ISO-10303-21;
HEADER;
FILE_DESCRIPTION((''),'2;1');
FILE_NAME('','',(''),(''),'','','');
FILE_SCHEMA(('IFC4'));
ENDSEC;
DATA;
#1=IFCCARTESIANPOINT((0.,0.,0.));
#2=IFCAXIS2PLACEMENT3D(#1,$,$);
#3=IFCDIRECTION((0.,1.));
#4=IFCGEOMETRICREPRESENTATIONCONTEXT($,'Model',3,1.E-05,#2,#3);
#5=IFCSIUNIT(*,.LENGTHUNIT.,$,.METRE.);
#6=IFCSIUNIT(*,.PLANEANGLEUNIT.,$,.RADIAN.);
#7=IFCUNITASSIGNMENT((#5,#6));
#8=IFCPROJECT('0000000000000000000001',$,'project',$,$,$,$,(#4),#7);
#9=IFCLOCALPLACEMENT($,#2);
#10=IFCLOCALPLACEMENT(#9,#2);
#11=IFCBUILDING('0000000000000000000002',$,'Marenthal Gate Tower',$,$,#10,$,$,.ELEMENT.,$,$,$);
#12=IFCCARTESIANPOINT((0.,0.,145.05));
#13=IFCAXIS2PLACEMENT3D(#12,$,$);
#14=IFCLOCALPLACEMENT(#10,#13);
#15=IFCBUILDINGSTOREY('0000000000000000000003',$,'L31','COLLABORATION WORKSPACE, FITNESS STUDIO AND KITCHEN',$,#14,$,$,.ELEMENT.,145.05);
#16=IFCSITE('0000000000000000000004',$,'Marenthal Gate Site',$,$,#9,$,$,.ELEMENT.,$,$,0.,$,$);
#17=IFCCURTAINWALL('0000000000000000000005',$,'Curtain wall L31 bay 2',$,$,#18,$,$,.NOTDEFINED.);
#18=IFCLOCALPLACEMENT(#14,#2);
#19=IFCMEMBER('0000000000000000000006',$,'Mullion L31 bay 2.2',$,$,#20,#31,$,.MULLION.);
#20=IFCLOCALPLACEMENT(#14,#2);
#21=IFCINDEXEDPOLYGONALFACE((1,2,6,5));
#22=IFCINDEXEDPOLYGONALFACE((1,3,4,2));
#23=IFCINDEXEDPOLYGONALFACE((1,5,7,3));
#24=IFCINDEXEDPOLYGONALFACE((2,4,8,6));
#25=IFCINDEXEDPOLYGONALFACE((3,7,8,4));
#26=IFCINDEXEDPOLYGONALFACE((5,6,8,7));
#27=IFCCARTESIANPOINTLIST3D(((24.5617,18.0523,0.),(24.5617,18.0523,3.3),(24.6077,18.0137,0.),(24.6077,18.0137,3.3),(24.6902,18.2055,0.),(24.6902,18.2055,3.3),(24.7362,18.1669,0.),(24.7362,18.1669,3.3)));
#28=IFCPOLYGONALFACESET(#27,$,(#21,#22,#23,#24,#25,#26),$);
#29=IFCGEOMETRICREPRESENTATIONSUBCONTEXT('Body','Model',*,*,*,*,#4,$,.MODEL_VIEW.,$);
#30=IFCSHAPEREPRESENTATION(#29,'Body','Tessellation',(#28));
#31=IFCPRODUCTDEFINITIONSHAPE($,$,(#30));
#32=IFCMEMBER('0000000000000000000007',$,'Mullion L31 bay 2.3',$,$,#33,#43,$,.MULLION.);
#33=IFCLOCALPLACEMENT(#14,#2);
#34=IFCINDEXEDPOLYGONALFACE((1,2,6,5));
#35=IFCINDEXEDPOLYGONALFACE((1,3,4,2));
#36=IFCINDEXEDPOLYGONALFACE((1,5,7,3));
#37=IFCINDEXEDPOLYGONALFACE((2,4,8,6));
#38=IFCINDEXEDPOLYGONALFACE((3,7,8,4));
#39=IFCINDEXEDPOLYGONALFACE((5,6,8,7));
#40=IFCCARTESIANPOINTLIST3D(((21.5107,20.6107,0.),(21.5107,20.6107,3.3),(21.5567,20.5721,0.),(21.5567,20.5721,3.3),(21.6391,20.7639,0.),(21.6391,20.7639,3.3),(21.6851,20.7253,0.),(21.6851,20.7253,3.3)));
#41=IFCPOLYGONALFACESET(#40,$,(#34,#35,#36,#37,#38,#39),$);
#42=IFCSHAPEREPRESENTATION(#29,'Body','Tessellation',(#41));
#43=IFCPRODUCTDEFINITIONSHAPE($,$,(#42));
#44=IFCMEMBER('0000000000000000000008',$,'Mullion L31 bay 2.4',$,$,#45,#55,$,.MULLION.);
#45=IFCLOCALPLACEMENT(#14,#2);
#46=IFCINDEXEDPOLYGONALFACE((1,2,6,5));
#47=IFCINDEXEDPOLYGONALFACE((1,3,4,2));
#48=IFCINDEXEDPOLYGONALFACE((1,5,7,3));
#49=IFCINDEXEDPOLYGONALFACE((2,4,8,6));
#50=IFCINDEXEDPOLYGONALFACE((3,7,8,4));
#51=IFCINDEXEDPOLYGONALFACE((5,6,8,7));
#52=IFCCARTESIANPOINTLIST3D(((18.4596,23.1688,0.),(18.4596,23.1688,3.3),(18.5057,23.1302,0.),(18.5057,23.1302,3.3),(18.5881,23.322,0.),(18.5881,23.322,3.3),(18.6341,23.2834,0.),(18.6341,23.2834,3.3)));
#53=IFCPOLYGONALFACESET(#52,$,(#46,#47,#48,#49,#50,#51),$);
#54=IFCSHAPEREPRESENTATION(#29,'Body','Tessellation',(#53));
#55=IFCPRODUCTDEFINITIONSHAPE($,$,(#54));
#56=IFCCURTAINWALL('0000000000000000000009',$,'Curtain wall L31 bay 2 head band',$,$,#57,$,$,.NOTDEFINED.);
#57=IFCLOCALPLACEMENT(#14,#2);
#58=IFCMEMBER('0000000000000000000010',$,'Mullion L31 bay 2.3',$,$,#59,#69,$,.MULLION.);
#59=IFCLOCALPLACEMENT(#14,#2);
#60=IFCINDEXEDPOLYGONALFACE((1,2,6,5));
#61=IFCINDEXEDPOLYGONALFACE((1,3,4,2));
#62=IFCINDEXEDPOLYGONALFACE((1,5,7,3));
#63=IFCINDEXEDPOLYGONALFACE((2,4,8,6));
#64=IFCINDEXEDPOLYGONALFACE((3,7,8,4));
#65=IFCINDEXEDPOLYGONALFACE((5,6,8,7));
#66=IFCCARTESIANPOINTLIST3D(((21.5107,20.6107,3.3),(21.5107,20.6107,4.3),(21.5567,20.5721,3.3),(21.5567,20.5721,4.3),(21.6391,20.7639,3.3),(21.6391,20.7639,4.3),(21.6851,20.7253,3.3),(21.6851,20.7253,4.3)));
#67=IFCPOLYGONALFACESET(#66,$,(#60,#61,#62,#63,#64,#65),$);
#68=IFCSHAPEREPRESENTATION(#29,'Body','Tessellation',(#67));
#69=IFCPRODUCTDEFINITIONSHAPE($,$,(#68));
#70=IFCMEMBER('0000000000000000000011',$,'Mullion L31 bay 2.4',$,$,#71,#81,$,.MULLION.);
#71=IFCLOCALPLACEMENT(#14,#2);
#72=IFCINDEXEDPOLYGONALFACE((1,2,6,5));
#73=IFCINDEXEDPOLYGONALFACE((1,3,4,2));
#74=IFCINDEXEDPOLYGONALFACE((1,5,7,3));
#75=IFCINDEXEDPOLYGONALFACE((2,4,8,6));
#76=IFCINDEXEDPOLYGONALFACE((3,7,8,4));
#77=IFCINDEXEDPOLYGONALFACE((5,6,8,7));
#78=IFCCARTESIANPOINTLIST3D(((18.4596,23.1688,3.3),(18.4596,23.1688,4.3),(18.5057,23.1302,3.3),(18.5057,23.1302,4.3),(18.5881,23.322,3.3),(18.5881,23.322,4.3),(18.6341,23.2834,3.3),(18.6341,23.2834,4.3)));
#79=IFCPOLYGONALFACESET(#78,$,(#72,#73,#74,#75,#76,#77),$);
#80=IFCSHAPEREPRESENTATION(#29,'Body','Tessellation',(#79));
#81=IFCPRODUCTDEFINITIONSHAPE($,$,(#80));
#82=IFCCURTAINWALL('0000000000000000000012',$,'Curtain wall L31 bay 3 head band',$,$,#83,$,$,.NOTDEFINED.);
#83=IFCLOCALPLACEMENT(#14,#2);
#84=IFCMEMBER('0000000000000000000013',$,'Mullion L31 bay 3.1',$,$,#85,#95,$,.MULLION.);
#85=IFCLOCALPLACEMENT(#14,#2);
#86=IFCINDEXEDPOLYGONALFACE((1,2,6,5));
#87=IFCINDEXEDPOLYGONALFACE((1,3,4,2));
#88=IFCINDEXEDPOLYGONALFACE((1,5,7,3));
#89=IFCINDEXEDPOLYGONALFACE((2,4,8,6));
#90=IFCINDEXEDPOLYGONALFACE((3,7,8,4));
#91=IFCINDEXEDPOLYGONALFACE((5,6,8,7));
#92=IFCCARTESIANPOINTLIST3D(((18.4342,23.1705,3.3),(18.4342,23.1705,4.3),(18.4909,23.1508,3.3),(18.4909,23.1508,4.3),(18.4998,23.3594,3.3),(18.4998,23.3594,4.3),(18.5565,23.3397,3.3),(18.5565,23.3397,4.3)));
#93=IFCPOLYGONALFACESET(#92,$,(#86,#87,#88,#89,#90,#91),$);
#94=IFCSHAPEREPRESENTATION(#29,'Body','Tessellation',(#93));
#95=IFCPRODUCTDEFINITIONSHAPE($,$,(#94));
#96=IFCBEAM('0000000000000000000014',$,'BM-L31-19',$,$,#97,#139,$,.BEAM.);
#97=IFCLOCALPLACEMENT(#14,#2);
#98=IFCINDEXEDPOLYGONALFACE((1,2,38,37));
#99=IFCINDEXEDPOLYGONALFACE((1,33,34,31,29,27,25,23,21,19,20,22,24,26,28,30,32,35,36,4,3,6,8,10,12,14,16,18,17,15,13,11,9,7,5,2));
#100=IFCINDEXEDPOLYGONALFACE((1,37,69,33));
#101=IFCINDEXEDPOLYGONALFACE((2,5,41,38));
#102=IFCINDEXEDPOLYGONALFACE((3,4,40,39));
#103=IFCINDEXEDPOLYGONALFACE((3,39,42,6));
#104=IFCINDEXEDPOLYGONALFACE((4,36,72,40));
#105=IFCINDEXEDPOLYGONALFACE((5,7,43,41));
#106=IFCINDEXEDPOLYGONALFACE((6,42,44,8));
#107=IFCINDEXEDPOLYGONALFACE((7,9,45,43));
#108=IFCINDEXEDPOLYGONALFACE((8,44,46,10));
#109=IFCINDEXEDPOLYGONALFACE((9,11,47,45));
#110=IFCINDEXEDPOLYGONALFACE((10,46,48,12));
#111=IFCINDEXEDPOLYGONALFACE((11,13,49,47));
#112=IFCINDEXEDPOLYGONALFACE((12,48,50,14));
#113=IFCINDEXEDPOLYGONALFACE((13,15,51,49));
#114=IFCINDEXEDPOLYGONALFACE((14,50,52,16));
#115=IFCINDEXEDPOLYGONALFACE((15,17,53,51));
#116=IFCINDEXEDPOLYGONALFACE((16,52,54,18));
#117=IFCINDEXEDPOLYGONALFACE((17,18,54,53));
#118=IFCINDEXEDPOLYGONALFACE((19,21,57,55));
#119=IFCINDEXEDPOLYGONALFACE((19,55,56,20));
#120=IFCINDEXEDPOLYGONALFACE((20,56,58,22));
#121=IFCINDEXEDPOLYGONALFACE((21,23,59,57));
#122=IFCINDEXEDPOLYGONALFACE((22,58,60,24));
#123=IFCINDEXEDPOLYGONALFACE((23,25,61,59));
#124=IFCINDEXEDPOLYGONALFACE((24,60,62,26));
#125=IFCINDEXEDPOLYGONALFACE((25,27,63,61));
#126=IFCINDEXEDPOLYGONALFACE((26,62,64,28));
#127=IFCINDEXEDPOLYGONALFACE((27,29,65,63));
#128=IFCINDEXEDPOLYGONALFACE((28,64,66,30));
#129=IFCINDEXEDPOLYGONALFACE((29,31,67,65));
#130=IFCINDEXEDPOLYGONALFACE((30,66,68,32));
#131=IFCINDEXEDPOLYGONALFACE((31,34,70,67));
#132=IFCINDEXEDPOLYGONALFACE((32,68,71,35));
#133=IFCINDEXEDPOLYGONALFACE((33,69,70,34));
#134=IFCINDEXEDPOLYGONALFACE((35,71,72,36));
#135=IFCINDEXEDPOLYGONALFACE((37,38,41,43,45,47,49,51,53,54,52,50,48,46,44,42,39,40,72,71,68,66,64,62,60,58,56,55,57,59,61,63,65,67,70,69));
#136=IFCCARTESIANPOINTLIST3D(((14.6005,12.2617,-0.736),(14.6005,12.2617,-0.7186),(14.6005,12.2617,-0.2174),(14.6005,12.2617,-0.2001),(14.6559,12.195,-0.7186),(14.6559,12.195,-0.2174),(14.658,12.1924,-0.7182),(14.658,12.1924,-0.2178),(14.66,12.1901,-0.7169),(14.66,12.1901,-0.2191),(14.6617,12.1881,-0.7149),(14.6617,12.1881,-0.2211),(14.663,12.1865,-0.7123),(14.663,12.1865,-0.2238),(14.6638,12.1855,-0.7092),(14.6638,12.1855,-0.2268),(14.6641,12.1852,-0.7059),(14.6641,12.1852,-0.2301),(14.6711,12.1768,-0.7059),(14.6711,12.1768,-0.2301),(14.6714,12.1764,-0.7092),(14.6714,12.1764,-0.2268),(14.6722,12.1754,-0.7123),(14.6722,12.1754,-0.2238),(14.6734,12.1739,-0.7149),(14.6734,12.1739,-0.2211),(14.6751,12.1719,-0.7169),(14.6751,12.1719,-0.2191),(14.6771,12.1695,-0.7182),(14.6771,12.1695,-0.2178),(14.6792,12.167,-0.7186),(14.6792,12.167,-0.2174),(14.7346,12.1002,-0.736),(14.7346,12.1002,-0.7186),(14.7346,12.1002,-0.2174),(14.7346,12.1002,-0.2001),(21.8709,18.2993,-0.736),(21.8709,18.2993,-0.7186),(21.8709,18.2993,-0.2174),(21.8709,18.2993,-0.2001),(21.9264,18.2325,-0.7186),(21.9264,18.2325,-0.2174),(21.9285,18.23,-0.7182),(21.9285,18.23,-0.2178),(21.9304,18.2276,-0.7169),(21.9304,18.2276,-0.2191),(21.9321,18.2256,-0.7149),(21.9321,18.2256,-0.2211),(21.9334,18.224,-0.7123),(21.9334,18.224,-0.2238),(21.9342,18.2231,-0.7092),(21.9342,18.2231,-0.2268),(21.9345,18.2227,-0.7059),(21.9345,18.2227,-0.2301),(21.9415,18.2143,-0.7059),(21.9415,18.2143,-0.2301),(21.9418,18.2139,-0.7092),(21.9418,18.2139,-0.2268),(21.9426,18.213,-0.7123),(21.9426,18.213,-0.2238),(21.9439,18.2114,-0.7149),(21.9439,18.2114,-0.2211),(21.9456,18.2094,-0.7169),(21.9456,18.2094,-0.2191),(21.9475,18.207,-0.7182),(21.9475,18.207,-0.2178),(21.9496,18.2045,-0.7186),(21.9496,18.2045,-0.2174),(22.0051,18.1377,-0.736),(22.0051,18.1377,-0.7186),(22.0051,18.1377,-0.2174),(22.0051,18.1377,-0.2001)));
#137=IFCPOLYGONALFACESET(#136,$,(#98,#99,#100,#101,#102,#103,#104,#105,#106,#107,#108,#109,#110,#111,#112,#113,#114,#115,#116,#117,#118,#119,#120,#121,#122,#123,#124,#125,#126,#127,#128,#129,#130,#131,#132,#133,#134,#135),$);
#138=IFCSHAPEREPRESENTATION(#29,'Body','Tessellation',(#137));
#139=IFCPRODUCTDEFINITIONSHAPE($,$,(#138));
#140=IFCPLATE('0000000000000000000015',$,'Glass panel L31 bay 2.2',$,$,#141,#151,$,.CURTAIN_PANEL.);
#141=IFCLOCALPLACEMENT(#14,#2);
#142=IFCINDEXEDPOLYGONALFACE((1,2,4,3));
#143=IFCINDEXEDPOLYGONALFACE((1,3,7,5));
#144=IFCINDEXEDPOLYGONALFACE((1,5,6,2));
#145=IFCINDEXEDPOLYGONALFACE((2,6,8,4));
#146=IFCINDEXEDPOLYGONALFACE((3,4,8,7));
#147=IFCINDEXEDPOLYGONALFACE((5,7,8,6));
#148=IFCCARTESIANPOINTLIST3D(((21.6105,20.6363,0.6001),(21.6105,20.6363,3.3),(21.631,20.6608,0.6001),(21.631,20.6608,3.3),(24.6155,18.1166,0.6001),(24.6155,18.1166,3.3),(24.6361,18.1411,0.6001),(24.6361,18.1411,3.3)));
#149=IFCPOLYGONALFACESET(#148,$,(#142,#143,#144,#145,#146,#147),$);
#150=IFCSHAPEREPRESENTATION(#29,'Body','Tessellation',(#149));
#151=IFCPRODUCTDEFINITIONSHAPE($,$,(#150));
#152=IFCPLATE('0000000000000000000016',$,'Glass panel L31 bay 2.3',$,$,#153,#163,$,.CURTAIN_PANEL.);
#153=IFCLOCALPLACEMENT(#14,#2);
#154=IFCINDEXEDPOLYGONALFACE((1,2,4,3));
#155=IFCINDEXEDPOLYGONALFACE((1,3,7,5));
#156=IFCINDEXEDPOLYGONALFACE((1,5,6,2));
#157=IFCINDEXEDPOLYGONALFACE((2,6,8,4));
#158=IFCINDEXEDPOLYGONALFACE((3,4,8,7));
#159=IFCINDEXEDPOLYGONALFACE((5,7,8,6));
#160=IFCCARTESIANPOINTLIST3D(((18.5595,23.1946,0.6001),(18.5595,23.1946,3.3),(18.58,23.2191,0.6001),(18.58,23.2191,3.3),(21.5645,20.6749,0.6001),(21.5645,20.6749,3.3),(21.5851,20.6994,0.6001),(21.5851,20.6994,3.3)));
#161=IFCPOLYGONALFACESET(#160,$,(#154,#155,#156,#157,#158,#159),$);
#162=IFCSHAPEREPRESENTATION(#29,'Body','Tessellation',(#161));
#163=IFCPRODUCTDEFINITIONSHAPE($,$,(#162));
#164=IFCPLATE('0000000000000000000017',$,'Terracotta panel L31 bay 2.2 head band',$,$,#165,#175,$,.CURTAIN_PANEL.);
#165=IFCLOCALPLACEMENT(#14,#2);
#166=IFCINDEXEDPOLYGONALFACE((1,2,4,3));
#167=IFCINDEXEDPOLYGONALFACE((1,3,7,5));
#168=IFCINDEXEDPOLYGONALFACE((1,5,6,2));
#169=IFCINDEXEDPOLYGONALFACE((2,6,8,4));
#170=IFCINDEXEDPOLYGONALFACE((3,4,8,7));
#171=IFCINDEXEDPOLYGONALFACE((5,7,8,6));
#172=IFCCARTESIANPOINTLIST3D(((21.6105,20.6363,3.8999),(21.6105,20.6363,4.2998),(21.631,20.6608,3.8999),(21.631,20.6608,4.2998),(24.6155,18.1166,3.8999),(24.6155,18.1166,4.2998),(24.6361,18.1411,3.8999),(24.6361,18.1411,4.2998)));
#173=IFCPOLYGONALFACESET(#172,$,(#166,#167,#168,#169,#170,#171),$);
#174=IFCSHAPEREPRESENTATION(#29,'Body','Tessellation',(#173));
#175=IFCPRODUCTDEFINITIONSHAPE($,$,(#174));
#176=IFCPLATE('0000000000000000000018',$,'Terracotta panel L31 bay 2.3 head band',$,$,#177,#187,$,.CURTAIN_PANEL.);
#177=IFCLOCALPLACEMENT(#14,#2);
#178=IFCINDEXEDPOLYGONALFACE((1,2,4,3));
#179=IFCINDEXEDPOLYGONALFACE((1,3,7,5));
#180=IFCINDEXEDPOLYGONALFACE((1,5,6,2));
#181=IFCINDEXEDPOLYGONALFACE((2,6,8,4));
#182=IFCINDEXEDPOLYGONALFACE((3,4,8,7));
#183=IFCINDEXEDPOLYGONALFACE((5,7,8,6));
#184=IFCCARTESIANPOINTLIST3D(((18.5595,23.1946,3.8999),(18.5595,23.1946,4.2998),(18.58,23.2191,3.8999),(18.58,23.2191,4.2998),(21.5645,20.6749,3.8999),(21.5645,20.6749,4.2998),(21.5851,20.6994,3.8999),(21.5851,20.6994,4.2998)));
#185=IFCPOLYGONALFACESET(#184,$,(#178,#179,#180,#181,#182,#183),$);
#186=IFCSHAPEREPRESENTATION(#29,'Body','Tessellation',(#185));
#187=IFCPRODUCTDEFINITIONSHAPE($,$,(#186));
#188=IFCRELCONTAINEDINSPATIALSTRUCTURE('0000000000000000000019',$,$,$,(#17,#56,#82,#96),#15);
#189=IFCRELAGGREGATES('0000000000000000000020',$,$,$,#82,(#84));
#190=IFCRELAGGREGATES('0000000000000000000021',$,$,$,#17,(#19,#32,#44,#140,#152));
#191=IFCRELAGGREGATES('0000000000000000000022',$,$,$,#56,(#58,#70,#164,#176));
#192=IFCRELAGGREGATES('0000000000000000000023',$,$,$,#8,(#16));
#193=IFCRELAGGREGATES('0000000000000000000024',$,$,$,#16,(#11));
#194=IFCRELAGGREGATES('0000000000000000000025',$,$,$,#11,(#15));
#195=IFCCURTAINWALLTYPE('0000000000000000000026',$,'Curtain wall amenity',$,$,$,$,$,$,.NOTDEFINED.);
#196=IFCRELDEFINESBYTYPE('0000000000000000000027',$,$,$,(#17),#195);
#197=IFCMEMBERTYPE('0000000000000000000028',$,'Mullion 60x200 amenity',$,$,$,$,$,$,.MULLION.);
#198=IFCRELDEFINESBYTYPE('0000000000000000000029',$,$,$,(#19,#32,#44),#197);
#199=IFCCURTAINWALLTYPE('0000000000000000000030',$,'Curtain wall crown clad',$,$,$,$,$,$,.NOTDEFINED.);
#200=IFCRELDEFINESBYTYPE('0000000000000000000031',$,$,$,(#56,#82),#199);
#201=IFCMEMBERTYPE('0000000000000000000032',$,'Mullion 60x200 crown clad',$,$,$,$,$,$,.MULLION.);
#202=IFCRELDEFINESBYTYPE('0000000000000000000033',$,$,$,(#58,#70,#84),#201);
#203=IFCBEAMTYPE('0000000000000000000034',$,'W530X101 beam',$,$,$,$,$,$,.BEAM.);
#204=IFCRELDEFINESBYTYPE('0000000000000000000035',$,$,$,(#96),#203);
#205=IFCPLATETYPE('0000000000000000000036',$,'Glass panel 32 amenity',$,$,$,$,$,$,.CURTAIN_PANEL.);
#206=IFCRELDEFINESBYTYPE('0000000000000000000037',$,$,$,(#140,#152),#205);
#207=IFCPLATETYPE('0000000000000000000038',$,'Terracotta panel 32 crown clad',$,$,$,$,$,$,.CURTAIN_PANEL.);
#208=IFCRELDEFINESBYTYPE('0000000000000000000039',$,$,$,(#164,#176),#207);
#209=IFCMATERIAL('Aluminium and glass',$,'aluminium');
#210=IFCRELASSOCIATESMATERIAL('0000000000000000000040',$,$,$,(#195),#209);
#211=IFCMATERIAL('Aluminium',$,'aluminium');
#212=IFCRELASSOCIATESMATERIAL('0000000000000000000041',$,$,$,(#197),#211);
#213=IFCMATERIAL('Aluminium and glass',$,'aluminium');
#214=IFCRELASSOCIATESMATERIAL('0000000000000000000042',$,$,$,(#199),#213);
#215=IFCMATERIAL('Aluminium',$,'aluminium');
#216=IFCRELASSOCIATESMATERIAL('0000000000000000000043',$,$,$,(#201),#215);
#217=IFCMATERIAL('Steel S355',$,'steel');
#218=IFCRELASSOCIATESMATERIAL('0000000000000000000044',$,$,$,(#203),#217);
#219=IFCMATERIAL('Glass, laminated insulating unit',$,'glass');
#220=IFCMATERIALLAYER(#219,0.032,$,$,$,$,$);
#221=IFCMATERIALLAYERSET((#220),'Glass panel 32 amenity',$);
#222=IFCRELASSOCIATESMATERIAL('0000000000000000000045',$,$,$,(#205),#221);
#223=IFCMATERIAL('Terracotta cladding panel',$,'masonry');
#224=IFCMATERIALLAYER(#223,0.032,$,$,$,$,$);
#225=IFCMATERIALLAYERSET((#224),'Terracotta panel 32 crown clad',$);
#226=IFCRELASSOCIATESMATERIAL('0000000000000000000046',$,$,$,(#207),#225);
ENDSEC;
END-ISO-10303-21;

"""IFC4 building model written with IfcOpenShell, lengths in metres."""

from ifc_helpers import new_model, si_unit, direction, frame, origin, origin_2d, place, context, subcontext, project, spatial, rectangle, i_section, extrude, material, layer, layer_set, material_profile, profile_set, type_object, element, aggregate, save


model = new_model("IFC4")

# Units and contexts
model_context = context("Model", 3, precision=1e-05, world=origin(), true_north=direction((0.0, 1.0)))
body_context = subcontext(model_context, "Body", "Model", "MODEL_VIEW")
ifc_project = project(units=[si_unit("LENGTHUNIT", "METRE"), si_unit("PLANEANGLEUNIT", "RADIAN")], contexts=[model_context])

# Site, building, storey
site_placement = place(None, origin())
site = spatial("IfcSite", under=ifc_project, at=site_placement, Name="Marenthal Gate Site", CompositionType="ELEMENT", RefElevation=0.0)
building_placement = place(site_placement, origin())
building = spatial("IfcBuilding", under=site, at=building_placement, Name="Marenthal Gate Tower", CompositionType="ELEMENT")
storey_placement = place(building_placement, frame((0.0, 0.0, 145.05)))
storey = spatial("IfcBuildingStorey", under=building, at=storey_placement, Name="L31", Description="COLLABORATION WORKSPACE, FITNESS STUDIO AND KITCHEN", CompositionType="ELEMENT", Elevation=145.05)

# Curtain walls, members
ifc_material_1 = material(Name="Aluminium and glass", Category="aluminium")
curtain_wall_type_1 = type_object("IfcCurtainWallType", Name="Curtain wall amenity", PredefinedType="NOTDEFINED", material=ifc_material_1)
curtain_wall_1_placement = place(storey_placement, origin())
curtain_wall_1 = element("IfcCurtainWall", 1, at=curtain_wall_1_placement, inside=storey, type_object=curtain_wall_type_1, Name="Curtain wall L31 bay 2", PredefinedType="NOTDEFINED")
ifc_material_2 = material(Name="Aluminium", Category="aluminium")
ifc_material_profile_1 = material_profile(ifc_material_2, rectangle(XDim=0.2, YDim=0.0601, at=origin_2d()), Name="60x200 aluminium mullion")
ifc_profile_set_1 = profile_set([ifc_material_profile_1], Name="Aluminium")
member_type_1 = type_object("IfcMemberType", Name="Mullion 60x200 amenity", PredefinedType="MULLION", material=ifc_profile_set_1)
member_1_placement = place(storey_placement, frame((24.6489, 18.1096, 0.0), z_axis=(0.0, 0.0, 1.0), x_axis=(-0.642511, -0.766277, 0.0)))
member_1 = element("IfcMember", 2, at=member_1_placement, type_object=member_type_1, Name="Mullion L31 bay 2.2", PredefinedType="MULLION", context=body_context, shape_type="SweptSolid", body=[
    extrude(rectangle(XDim=0.2, YDim=0.0601, at=origin_2d()), origin(), (0.0, 0.0, 1.0), 3.3),
])
member_2_placement = place(storey_placement, frame((21.5979, 20.668, 0.0), z_axis=(0.0, 0.0, 1.0), x_axis=(-0.642511, -0.766277, 0.0)))
member_2 = element("IfcMember", 3, at=member_2_placement, type_object=member_type_1, Name="Mullion L31 bay 2.3", PredefinedType="MULLION", context=body_context, shape_type="SweptSolid", body=[
    extrude(rectangle(XDim=0.2, YDim=0.0601, at=origin_2d()), origin(), (0.0, 0.0, 1.0), 3.3),
])
member_3_placement = place(storey_placement, frame((18.5469, 23.2261, 0.0), z_axis=(0.0, 0.0, 1.0), x_axis=(-0.642511, -0.766277, 0.0)))
member_3 = element("IfcMember", 4, at=member_3_placement, type_object=member_type_1, Name="Mullion L31 bay 2.4", PredefinedType="MULLION", context=body_context, shape_type="SweptSolid", body=[
    extrude(rectangle(XDim=0.2, YDim=0.0601, at=origin_2d()), origin(), (0.0, 0.0, 1.0), 3.3),
])
ifc_material_3 = material(Name="Aluminium and glass", Category="aluminium")
curtain_wall_type_2 = type_object("IfcCurtainWallType", Name="Curtain wall crown clad", PredefinedType="NOTDEFINED", material=ifc_material_3)
curtain_wall_2_placement = place(storey_placement, origin())
curtain_wall_2 = element("IfcCurtainWall", 5, at=curtain_wall_2_placement, inside=storey, type_object=curtain_wall_type_2, Name="Curtain wall L31 bay 2 head band", PredefinedType="NOTDEFINED")
ifc_material_4 = material(Name="Aluminium", Category="aluminium")
ifc_material_profile_2 = material_profile(ifc_material_4, rectangle(XDim=0.2, YDim=0.0601, at=origin_2d()), Name="60x200 aluminium mullion")
ifc_profile_set_2 = profile_set([ifc_material_profile_2], Name="Aluminium")
member_type_2 = type_object("IfcMemberType", Name="Mullion 60x200 crown clad", PredefinedType="MULLION", material=ifc_profile_set_2)
member_4_placement = place(storey_placement, frame((21.5979, 20.668, 3.3), z_axis=(0.0, 0.0, 1.0), x_axis=(-0.642511, -0.766277, 0.0)))
member_4 = element("IfcMember", 6, at=member_4_placement, type_object=member_type_2, Name="Mullion L31 bay 2.3", PredefinedType="MULLION", context=body_context, shape_type="SweptSolid", body=[
    extrude(rectangle(XDim=0.2, YDim=0.0601, at=origin_2d()), origin(), (0.0, 0.0, 1.0), 1.0),
])
member_5_placement = place(storey_placement, frame((18.5469, 23.2261, 3.3), z_axis=(0.0, 0.0, 1.0), x_axis=(-0.642511, -0.766277, 0.0)))
member_5 = element("IfcMember", 7, at=member_5_placement, type_object=member_type_2, Name="Mullion L31 bay 2.4", PredefinedType="MULLION", context=body_context, shape_type="SweptSolid", body=[
    extrude(rectangle(XDim=0.2, YDim=0.0601, at=origin_2d()), origin(), (0.0, 0.0, 1.0), 1.0),
])

# Curtain wall, member
curtain_wall_3_placement = place(storey_placement, origin())
curtain_wall_3 = element("IfcCurtainWall", 8, at=curtain_wall_3_placement, inside=storey, type_object=curtain_wall_type_2, Name="Curtain wall L31 bay 3 head band", PredefinedType="NOTDEFINED")
member_6_placement = place(storey_placement, frame((18.4954, 23.2551, 3.3), z_axis=(0.0, 0.0, 1.0), x_axis=(-0.328089, -0.944647, 0.0)))
member_6 = element("IfcMember", 9, at=member_6_placement, type_object=member_type_2, Name="Mullion L31 bay 3.1", PredefinedType="MULLION", context=body_context, shape_type="SweptSolid", body=[
    extrude(rectangle(XDim=0.2, YDim=0.0601, at=origin_2d()), origin(), (0.0, 0.0, 1.0), 1.0),
])
aggregate(curtain_wall_3, [member_6])

# Beam
ifc_material_5 = material(Name="Steel S355", Category="steel")
ifc_material_profile_3 = material_profile(ifc_material_5, i_section(OverallWidth=0.21, OverallDepth=0.5359, WebThickness=0.011, FlangeThickness=0.0173, FilletRadius=0.0127, at=origin_2d()), Name="W530X101")
ifc_profile_set_3 = profile_set([ifc_material_profile_3], Name="Steel S355")
beam_type = type_object("IfcBeamType", Name="W530X101 beam", PredefinedType="BEAM", material=ifc_profile_set_3)
beam_placement = place(storey_placement, frame((21.938, 18.2185, -0.468), z_axis=(-0.769321, -0.638862, 0.0), x_axis=(0.638862, -0.769321, 0.0)))
element("IfcBeam", 10, at=beam_placement, inside=storey, type_object=beam_type, Name="BM-L31-19", PredefinedType="BEAM", context=body_context, shape_type="SweptSolid", body=[
    extrude(i_section(OverallWidth=0.21, OverallDepth=0.5359, WebThickness=0.011, FlangeThickness=0.0173, FilletRadius=0.0127, at=origin_2d()), origin(), (0.0, 0.0, 1.0), 9.4504),
])

# Plates
ifc_material_6 = material(Name="Glass, laminated insulating unit", Category="glass")
ifc_layer_1 = layer(ifc_material_6, 0.032)
ifc_layer_set_1 = layer_set([ifc_layer_1], Name="Glass panel 32 amenity")
plate_type_1 = type_object("IfcPlateType", Name="Glass panel 32 amenity", PredefinedType="CURTAIN_PANEL", material=ifc_layer_set_1)
plate_1_placement = place(storey_placement, frame((23.1233, 19.3887, 0.6001), z_axis=(0.0, 0.0, 1.0), x_axis=(-0.766277, 0.642511, 0.0)))
plate_1 = element("IfcPlate", 11, at=plate_1_placement, type_object=plate_type_1, Name="Glass panel L31 bay 2.2", PredefinedType="CURTAIN_PANEL", context=body_context, shape_type="SweptSolid", body=[
    extrude(rectangle(XDim=3.9216, YDim=0.032, at=origin_2d()), origin(), (0.0, 0.0, 1.0), 2.7),
])
plate_2_placement = place(storey_placement, frame((20.0723, 21.947, 0.6001), z_axis=(0.0, 0.0, 1.0), x_axis=(-0.766277, 0.642511, 0.0)))
plate_2 = element("IfcPlate", 12, at=plate_2_placement, type_object=plate_type_1, Name="Glass panel L31 bay 2.3", PredefinedType="CURTAIN_PANEL", context=body_context, shape_type="SweptSolid", body=[
    extrude(rectangle(XDim=3.9216, YDim=0.032, at=origin_2d()), origin(), (0.0, 0.0, 1.0), 2.7),
])
aggregate(curtain_wall_1, [member_1, member_2, member_3, plate_1, plate_2])
ifc_material_7 = material(Name="Terracotta cladding panel", Category="masonry")
ifc_layer_2 = layer(ifc_material_7, 0.032)
ifc_layer_set_2 = layer_set([ifc_layer_2], Name="Terracotta panel 32 crown clad")
plate_type_2 = type_object("IfcPlateType", Name="Terracotta panel 32 crown clad", PredefinedType="CURTAIN_PANEL", material=ifc_layer_set_2)
plate_3_placement = place(storey_placement, frame((23.1233, 19.3887, 3.8999), z_axis=(0.0, 0.0, 1.0), x_axis=(-0.766277, 0.642511, 0.0)))
plate_3 = element("IfcPlate", 13, at=plate_3_placement, type_object=plate_type_2, Name="Terracotta panel L31 bay 2.2 head band", PredefinedType="CURTAIN_PANEL", context=body_context, shape_type="SweptSolid", body=[
    extrude(rectangle(XDim=3.9216, YDim=0.032, at=origin_2d()), origin(), (0.0, 0.0, 1.0), 0.3999),
])
plate_4_placement = place(storey_placement, frame((20.0723, 21.947, 3.8999), z_axis=(0.0, 0.0, 1.0), x_axis=(-0.766277, 0.642511, 0.0)))
plate_4 = element("IfcPlate", 14, at=plate_4_placement, type_object=plate_type_2, Name="Terracotta panel L31 bay 2.3 head band", PredefinedType="CURTAIN_PANEL", context=body_context, shape_type="SweptSolid", body=[
    extrude(rectangle(XDim=3.9216, YDim=0.032, at=origin_2d()), origin(), (0.0, 0.0, 1.0), 0.3999),
])
aggregate(curtain_wall_2, [member_4, member_5, plate_3, plate_4])

save(model, "model.ifc")
